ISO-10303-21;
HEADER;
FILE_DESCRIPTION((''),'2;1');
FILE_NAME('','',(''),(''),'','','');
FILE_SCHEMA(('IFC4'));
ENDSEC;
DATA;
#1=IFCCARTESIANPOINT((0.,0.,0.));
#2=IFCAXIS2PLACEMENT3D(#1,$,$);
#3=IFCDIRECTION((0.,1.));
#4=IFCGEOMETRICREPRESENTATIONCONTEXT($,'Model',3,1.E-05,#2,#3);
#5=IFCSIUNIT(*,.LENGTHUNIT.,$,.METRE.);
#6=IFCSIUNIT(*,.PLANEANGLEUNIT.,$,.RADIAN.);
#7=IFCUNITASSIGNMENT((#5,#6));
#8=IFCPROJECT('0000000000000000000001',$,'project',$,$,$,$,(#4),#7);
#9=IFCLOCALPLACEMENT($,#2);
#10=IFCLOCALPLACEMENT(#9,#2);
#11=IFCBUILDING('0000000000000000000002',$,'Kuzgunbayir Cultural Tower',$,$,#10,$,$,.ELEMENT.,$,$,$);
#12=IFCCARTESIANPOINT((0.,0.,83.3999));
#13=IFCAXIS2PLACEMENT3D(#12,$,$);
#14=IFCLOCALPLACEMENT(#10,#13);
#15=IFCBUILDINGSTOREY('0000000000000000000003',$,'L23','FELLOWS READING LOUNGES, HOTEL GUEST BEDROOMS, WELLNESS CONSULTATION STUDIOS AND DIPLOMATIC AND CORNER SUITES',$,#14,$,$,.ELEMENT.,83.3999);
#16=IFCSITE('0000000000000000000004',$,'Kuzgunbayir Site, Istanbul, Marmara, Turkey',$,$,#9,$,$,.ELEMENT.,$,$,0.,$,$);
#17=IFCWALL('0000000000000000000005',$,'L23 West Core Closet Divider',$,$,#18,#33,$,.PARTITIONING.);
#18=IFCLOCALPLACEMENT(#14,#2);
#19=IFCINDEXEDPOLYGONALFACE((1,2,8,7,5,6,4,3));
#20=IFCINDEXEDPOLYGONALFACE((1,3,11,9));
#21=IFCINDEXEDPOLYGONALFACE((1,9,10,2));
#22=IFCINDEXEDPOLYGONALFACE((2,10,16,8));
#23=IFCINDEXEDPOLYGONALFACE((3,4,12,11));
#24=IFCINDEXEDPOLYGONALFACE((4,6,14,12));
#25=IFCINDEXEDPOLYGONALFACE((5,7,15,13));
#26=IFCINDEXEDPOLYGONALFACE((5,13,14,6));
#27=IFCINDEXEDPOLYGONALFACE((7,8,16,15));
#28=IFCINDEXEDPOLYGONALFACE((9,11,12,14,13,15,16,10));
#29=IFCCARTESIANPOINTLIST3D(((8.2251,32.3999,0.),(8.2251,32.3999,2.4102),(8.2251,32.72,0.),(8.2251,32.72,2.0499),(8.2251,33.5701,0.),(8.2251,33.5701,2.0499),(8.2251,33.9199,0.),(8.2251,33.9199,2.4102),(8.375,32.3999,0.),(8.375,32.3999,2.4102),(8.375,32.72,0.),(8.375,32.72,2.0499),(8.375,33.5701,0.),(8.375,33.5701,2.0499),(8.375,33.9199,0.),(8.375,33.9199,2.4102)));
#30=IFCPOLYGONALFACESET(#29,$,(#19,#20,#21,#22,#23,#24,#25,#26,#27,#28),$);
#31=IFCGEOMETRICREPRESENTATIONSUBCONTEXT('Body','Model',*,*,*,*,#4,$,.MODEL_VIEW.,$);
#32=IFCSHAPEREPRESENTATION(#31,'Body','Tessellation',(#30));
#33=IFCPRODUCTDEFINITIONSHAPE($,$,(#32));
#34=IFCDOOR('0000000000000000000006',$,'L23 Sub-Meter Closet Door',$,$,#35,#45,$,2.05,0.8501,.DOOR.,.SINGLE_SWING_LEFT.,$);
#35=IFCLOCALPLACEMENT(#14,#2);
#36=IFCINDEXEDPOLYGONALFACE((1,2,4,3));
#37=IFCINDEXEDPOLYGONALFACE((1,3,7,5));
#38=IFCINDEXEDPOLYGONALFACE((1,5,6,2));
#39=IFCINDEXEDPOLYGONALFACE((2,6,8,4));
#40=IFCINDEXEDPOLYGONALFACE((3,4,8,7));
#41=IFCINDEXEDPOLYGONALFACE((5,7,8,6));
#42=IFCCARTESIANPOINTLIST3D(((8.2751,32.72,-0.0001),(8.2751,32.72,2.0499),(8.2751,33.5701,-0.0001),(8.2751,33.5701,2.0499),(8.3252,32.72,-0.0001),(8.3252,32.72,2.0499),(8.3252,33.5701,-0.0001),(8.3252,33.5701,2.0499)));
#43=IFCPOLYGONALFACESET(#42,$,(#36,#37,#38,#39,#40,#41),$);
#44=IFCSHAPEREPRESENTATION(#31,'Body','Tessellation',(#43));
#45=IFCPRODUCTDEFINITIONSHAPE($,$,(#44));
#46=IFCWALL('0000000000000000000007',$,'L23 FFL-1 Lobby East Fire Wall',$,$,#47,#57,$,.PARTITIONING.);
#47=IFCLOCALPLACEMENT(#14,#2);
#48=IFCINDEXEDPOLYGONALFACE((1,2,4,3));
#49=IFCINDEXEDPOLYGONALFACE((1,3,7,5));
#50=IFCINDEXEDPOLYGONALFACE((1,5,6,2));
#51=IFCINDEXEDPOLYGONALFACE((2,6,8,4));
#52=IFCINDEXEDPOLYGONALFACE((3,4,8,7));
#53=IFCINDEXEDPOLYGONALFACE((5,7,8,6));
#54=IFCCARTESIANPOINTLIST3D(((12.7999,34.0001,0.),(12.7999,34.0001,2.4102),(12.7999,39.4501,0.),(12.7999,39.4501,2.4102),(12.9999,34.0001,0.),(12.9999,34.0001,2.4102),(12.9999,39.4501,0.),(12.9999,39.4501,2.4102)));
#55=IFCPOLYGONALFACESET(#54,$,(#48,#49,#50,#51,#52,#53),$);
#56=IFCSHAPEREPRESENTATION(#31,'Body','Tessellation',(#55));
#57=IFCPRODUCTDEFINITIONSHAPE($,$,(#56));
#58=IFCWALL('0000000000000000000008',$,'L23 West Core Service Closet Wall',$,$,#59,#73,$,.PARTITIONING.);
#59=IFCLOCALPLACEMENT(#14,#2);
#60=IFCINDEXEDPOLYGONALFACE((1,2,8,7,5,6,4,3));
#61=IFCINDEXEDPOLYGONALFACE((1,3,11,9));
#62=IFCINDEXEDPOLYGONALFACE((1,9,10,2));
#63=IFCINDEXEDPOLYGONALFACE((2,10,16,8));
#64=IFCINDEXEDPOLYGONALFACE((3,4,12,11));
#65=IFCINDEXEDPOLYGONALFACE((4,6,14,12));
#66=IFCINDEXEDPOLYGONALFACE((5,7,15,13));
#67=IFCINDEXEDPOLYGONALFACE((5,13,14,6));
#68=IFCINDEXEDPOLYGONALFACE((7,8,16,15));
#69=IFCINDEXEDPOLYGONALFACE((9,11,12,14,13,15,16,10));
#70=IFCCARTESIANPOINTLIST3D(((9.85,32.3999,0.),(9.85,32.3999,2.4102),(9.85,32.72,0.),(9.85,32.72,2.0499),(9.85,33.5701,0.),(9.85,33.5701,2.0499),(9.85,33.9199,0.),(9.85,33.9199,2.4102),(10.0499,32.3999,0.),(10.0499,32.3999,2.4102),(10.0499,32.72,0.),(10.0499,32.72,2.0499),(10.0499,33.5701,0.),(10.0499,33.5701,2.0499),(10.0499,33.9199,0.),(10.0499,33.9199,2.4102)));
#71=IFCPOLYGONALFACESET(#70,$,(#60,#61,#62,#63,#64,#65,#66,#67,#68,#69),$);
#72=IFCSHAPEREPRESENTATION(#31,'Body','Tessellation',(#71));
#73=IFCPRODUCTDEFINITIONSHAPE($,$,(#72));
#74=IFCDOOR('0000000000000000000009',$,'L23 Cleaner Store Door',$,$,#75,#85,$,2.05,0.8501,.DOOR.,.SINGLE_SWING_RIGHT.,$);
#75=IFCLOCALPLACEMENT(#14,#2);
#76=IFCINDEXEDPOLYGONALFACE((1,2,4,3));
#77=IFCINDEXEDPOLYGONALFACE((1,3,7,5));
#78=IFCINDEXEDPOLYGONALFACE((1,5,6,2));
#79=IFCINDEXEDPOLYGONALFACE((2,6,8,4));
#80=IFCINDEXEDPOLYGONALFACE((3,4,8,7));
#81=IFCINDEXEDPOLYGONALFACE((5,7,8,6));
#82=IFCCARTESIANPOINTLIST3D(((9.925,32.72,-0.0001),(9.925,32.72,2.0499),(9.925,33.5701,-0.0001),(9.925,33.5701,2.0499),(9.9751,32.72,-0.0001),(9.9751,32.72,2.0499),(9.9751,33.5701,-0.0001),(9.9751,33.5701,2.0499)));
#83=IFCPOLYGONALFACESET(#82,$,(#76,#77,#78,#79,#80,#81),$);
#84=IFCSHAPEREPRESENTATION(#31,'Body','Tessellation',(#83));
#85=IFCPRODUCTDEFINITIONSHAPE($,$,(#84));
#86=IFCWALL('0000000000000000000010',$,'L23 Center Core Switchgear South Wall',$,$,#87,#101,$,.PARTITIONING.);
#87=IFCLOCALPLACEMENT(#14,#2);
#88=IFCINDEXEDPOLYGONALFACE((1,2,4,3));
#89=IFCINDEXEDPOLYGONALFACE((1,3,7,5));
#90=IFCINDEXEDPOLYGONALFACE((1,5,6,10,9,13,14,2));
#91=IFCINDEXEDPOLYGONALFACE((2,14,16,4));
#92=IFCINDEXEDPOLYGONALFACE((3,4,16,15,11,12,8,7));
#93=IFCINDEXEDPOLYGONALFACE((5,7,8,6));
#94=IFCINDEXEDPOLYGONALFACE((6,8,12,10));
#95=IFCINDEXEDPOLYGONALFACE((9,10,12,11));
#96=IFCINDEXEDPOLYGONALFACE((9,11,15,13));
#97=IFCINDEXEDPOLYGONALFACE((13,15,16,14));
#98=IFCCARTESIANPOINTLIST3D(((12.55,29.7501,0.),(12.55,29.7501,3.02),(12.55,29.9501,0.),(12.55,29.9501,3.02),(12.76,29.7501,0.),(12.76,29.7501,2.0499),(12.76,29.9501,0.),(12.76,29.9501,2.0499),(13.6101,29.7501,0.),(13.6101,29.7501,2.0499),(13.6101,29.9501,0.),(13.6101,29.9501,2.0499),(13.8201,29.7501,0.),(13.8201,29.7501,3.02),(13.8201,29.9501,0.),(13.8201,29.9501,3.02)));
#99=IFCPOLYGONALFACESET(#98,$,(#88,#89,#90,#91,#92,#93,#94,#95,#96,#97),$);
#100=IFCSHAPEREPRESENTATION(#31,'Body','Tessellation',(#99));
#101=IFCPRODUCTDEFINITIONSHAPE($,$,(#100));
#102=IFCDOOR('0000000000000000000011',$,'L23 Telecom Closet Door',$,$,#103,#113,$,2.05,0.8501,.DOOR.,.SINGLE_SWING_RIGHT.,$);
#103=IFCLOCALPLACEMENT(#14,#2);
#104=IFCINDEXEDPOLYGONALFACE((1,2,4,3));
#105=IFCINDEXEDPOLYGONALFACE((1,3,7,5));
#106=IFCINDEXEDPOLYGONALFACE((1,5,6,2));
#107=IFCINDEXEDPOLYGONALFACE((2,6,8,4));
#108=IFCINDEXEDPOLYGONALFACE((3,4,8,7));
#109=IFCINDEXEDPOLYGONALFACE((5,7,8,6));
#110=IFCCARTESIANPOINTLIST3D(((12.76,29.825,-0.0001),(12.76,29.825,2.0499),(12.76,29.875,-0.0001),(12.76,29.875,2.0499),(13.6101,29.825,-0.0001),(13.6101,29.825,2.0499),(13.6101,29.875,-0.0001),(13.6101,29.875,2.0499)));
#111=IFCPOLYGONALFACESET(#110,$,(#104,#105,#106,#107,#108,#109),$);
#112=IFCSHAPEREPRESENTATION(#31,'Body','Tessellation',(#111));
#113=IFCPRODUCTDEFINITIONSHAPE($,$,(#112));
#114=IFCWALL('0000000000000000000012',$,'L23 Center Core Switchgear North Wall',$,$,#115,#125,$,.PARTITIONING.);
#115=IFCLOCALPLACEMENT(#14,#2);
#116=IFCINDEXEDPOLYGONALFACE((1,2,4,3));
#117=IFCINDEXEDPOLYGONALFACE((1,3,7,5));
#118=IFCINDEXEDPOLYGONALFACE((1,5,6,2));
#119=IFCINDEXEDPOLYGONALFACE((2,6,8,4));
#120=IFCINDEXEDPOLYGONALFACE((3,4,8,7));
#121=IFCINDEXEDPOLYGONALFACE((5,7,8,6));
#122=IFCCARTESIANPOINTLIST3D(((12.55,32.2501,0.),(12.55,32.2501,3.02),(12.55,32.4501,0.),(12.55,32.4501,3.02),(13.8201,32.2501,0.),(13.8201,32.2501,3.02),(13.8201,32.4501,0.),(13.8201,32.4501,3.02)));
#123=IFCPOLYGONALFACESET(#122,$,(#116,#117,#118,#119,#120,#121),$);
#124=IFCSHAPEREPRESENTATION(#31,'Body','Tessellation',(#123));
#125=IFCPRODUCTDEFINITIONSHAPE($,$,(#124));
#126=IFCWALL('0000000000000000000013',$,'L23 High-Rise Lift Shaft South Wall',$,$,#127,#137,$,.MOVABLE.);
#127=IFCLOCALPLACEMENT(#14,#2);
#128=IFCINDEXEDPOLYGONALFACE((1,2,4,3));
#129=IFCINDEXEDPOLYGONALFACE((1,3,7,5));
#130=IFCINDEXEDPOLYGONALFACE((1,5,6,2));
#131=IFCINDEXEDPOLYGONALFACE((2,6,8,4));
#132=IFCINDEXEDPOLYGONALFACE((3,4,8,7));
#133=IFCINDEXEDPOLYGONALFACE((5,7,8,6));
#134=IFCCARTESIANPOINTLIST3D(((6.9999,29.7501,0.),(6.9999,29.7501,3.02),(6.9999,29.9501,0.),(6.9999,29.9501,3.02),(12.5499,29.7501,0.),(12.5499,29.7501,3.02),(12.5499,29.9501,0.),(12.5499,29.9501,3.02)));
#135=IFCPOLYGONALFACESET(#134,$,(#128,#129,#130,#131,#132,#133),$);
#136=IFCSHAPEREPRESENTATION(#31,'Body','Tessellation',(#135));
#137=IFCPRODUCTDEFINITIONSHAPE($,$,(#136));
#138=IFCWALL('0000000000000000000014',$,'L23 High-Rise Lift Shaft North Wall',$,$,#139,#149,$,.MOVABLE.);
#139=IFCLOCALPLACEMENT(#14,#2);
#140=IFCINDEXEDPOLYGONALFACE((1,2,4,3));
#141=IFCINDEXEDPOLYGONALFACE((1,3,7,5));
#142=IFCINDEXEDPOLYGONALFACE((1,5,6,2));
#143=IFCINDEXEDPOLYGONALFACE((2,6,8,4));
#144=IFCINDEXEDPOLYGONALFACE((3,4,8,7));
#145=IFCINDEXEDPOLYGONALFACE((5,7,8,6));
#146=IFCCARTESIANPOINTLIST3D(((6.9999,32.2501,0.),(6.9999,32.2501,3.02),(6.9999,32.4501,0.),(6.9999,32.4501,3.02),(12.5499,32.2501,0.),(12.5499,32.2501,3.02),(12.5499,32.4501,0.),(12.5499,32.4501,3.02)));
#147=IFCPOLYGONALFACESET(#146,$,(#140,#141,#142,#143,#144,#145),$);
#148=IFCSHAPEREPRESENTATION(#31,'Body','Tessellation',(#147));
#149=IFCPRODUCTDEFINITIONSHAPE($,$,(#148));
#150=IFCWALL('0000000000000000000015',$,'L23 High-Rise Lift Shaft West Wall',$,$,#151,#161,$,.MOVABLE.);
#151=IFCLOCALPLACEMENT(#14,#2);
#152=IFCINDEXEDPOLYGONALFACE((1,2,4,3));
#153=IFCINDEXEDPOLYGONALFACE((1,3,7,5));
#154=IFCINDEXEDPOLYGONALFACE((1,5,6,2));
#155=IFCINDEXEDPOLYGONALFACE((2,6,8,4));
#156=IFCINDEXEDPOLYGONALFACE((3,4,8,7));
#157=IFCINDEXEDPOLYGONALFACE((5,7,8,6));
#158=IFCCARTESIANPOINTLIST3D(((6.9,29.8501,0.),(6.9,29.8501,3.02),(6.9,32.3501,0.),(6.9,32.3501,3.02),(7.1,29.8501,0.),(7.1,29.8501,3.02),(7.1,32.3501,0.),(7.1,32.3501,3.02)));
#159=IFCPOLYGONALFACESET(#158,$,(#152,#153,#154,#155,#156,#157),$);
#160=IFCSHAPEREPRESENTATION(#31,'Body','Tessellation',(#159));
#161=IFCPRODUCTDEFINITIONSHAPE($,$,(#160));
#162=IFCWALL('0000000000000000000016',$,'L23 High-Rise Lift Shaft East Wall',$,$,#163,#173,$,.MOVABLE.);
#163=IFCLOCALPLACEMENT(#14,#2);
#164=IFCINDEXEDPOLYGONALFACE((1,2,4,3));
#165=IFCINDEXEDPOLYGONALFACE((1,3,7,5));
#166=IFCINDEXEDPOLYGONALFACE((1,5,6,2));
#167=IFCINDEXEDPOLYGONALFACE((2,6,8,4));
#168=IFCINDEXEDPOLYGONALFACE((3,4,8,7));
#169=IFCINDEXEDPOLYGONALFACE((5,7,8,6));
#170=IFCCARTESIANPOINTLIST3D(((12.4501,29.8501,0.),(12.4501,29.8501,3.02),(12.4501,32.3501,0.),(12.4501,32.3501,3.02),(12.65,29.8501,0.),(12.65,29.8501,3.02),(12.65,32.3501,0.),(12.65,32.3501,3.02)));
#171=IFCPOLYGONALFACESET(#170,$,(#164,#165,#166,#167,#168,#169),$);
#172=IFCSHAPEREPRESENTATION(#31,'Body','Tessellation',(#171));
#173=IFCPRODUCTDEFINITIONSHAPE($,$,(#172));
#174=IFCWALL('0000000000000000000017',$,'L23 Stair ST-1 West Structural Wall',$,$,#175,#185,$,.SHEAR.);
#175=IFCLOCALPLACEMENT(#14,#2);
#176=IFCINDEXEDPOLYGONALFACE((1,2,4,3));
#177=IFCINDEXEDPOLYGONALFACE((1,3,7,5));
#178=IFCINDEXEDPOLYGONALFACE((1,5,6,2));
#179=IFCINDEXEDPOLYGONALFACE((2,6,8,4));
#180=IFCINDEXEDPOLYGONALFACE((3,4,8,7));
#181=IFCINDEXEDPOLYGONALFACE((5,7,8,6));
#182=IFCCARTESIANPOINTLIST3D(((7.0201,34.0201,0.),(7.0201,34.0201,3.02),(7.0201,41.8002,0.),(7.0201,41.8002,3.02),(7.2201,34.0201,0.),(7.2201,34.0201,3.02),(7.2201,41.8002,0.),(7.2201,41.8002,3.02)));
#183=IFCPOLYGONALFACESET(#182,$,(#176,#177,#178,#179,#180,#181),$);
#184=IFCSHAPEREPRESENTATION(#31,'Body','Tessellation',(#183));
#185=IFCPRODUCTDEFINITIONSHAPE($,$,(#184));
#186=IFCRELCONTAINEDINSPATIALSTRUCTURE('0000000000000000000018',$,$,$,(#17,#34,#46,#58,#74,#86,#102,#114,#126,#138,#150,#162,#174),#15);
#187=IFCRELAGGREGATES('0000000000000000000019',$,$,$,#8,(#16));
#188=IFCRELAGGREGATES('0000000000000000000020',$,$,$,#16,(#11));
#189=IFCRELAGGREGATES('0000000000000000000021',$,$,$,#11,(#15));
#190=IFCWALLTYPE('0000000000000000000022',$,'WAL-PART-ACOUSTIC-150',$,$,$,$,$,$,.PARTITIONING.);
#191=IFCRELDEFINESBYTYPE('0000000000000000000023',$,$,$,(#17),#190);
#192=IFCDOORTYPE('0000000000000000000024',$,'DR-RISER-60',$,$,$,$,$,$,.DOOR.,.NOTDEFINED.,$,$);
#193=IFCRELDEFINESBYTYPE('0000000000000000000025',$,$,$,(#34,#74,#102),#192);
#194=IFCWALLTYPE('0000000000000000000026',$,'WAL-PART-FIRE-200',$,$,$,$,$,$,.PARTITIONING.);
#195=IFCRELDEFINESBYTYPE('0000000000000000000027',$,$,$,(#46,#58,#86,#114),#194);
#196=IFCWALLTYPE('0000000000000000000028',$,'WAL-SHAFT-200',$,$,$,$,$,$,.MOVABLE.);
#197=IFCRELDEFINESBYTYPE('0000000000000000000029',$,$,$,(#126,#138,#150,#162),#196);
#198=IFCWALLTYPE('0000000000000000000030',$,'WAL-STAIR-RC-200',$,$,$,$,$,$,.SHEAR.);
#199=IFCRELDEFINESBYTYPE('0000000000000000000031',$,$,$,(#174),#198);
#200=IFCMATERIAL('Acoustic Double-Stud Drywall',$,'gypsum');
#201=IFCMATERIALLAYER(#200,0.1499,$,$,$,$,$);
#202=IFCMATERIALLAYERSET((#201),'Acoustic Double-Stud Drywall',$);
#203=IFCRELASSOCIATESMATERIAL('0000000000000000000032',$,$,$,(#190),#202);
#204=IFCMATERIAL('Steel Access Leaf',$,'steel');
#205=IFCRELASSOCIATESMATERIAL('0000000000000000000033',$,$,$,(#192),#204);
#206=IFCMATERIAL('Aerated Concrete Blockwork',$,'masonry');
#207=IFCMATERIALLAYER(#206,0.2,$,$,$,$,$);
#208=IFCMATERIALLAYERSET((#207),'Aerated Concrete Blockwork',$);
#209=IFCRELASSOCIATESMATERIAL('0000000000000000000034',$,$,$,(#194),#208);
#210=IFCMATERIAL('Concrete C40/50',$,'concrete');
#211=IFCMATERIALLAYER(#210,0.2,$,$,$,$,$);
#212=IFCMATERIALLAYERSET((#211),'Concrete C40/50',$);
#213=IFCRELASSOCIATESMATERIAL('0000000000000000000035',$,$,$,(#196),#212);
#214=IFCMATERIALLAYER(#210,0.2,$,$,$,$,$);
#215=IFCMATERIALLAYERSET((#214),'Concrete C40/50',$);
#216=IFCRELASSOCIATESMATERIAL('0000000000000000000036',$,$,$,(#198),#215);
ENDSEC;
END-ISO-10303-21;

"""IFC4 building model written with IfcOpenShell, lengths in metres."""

from ifc_helpers import new_model, si_unit, direction, frame, frame_2d, origin, place, context, subcontext, project, spatial, rectangle, extrude, material, layer, layer_set, type_object, element, fill, save


model = new_model("IFC4")

# Units and contexts
model_context = context("Model", 3, precision=1e-05, world=origin(), true_north=direction((0.0, 1.0)))
body_context = subcontext(model_context, "Body", "Model", "MODEL_VIEW")
ifc_project = project(units=[si_unit("LENGTHUNIT", "METRE"), si_unit("PLANEANGLEUNIT", "RADIAN")], contexts=[model_context])

# Site, building, storey
site_placement = place(None, origin())
site = spatial("IfcSite", under=ifc_project, at=site_placement, Name="Kuzgunbayir Site, Istanbul, Marmara, Turkey", CompositionType="ELEMENT", RefElevation=0.0)
building_placement = place(site_placement, origin())
building = spatial("IfcBuilding", under=site, at=building_placement, Name="Kuzgunbayir Cultural Tower", CompositionType="ELEMENT")
storey_placement = place(building_placement, frame((0.0, 0.0, 83.3999)))
storey = spatial("IfcBuildingStorey", under=building, at=storey_placement, Name="L23", Description="FELLOWS READING LOUNGES, HOTEL GUEST BEDROOMS, WELLNESS CONSULTATION STUDIOS AND DIPLOMATIC AND CORNER SUITES", CompositionType="ELEMENT", Elevation=83.3999)

# Wall, opening, door
ifc_material_1 = material(Name="Acoustic Double-Stud Drywall", Category="gypsum")
ifc_layer_1 = layer(ifc_material_1, 0.1499)
ifc_layer_set_1 = layer_set([ifc_layer_1], Name="Acoustic Double-Stud Drywall")
wall_type_1 = type_object("IfcWallType", Name="WAL-PART-ACOUSTIC-150", PredefinedType="PARTITIONING", material=ifc_layer_set_1)
wall_1_placement = place(storey_placement, frame((8.3, 32.3999, 0.0), z_axis=(0.0, 0.0, 1.0), x_axis=(0.0, 1.0, 0.0)))
wall_1 = element("IfcWall", 1, at=wall_1_placement, inside=storey, type_object=wall_type_1, Name="L23 West Core Closet Divider", PredefinedType="PARTITIONING", context=body_context, shape_type="SweptSolid", body=[
    extrude(rectangle(XDim=1.52, YDim=0.1499, at=frame_2d((0.76, 0.0))), origin(), (0.0, 0.0, 1.0), 2.4102),
])
opening_1_placement = place(wall_1_placement, frame((0.3201, 0.0, 0.0)))
opening_1 = element("IfcOpeningElement", 2, at=opening_1_placement, cuts=wall_1, PredefinedType="OPENING", context=body_context, shape_type="SweptSolid", body=[
    extrude(rectangle(XDim=0.8501, YDim=2.05, at=frame_2d((0.425, 1.0249))), frame((0.0, 0.085, 0.0), z_axis=(0.0, -1.0, 0.0), x_axis=(1.0, 0.0, 0.0)), (0.0, 0.0, 1.0), 0.1699),
])
ifc_material_2 = material(Name="Steel Access Leaf", Category="steel")
door_type_1 = type_object("IfcDoorType", Name="DR-RISER-60", OperationType="NOTDEFINED", PredefinedType="DOOR", material=ifc_material_2)
door_1_placement = place(opening_1_placement, origin())
door_1 = element("IfcDoor", 3, at=door_1_placement, inside=storey, type_object=door_type_1, Name="L23 Sub-Meter Closet Door", OperationType="SINGLE_SWING_LEFT", OverallHeight=2.05, OverallWidth=0.8501, PredefinedType="DOOR", context=body_context, shape_type="SweptSolid", body=[
    extrude(rectangle(XDim=0.8501, YDim=2.05, at=frame_2d((0.425, 1.0249))), frame((0.0, 0.0249, 0.0), z_axis=(0.0, -1.0, 0.0), x_axis=(1.0, 0.0, 0.0)), (0.0, 0.0, 1.0), 0.05),
])
fill(opening_1, door_1)

# Wall
ifc_material_3 = material(Name="Aerated Concrete Blockwork", Category="masonry")
ifc_layer_2 = layer(ifc_material_3, 0.2)
ifc_layer_set_2 = layer_set([ifc_layer_2], Name="Aerated Concrete Blockwork")
wall_type_2 = type_object("IfcWallType", Name="WAL-PART-FIRE-200", PredefinedType="PARTITIONING", material=ifc_layer_set_2)
wall_2_placement = place(storey_placement, frame((12.8999, 34.0, 0.0), z_axis=(0.0, 0.0, 1.0), x_axis=(0.0, 1.0, 0.0)))
element("IfcWall", 4, at=wall_2_placement, inside=storey, type_object=wall_type_2, Name="L23 FFL-1 Lobby East Fire Wall", PredefinedType="PARTITIONING", context=body_context, shape_type="SweptSolid", body=[
    extrude(rectangle(XDim=5.45, YDim=0.2, at=frame_2d((2.7251, 0.0))), origin(), (0.0, 0.0, 1.0), 2.4102),
])

# Walls, openings, doors
wall_3_placement = place(storey_placement, frame((9.95, 32.3999, 0.0), z_axis=(0.0, 0.0, 1.0), x_axis=(0.0, 1.0, 0.0)))
wall_3 = element("IfcWall", 5, at=wall_3_placement, inside=storey, type_object=wall_type_2, Name="L23 West Core Service Closet Wall", PredefinedType="PARTITIONING", context=body_context, shape_type="SweptSolid", body=[
    extrude(rectangle(XDim=1.52, YDim=0.2, at=frame_2d((0.76, 0.0))), origin(), (0.0, 0.0, 1.0), 2.4102),
])
opening_2_placement = place(wall_3_placement, frame((0.3201, 0.0, 0.0)))
opening_2 = element("IfcOpeningElement", 6, at=opening_2_placement, cuts=wall_3, PredefinedType="OPENING", context=body_context, shape_type="SweptSolid", body=[
    extrude(rectangle(XDim=0.8501, YDim=2.05, at=frame_2d((0.425, 1.0249))), frame((0.0, 0.1099, 0.0), z_axis=(0.0, -1.0, 0.0), x_axis=(1.0, 0.0, 0.0)), (0.0, 0.0, 1.0), 0.22),
])
door_2_placement = place(opening_2_placement, origin())
door_2 = element("IfcDoor", 7, at=door_2_placement, inside=storey, type_object=door_type_1, Name="L23 Cleaner Store Door", OperationType="SINGLE_SWING_RIGHT", OverallHeight=2.05, OverallWidth=0.8501, PredefinedType="DOOR", context=body_context, shape_type="SweptSolid", body=[
    extrude(rectangle(XDim=0.8501, YDim=2.05, at=frame_2d((0.425, 1.0249))), frame((0.0, 0.0249, 0.0), z_axis=(0.0, -1.0, 0.0), x_axis=(1.0, 0.0, 0.0)), (0.0, 0.0, 1.0), 0.05),
])
fill(opening_2, door_2)
wall_4_placement = place(storey_placement, frame((12.55, 29.8501, 0.0), z_axis=(0.0, 0.0, 1.0), x_axis=(1.0, 0.0, 0.0)))
wall_4 = element("IfcWall", 8, at=wall_4_placement, inside=storey, type_object=wall_type_2, Name="L23 Center Core Switchgear South Wall", PredefinedType="PARTITIONING", context=body_context, shape_type="SweptSolid", body=[
    extrude(rectangle(XDim=1.27, YDim=0.2, at=frame_2d((0.635, 0.0))), origin(), (0.0, 0.0, 1.0), 3.02),
])
opening_3_placement = place(wall_4_placement, frame((0.21, 0.0, 0.0)))
opening_3 = element("IfcOpeningElement", 9, at=opening_3_placement, cuts=wall_4, PredefinedType="OPENING", context=body_context, shape_type="SweptSolid", body=[
    extrude(rectangle(XDim=0.8501, YDim=2.05, at=frame_2d((0.425, 1.0249))), frame((0.0, 0.1099, 0.0), z_axis=(0.0, -1.0, 0.0), x_axis=(1.0, 0.0, 0.0)), (0.0, 0.0, 1.0), 0.22),
])
door_3_placement = place(opening_3_placement, origin())
door_3 = element("IfcDoor", 10, at=door_3_placement, inside=storey, type_object=door_type_1, Name="L23 Telecom Closet Door", OperationType="SINGLE_SWING_RIGHT", OverallHeight=2.05, OverallWidth=0.8501, PredefinedType="DOOR", context=body_context, shape_type="SweptSolid", body=[
    extrude(rectangle(XDim=0.8501, YDim=2.05, at=frame_2d((0.425, 1.0249))), frame((0.0, 0.0249, 0.0), z_axis=(0.0, -1.0, 0.0), x_axis=(1.0, 0.0, 0.0)), (0.0, 0.0, 1.0), 0.05),
])
fill(opening_3, door_3)

# Walls
wall_5_placement = place(storey_placement, frame((12.55, 32.3501, 0.0), z_axis=(0.0, 0.0, 1.0), x_axis=(1.0, 0.0, 0.0)))
element("IfcWall", 11, at=wall_5_placement, inside=storey, type_object=wall_type_2, Name="L23 Center Core Switchgear North Wall", PredefinedType="PARTITIONING", context=body_context, shape_type="SweptSolid", body=[
    extrude(rectangle(XDim=1.27, YDim=0.2, at=frame_2d((0.635, 0.0))), origin(), (0.0, 0.0, 1.0), 3.02),
])
ifc_material_4 = material(Name="Concrete C40/50", Category="concrete")
ifc_layer_3 = layer(ifc_material_4, 0.2)
ifc_layer_set_3 = layer_set([ifc_layer_3], Name="Concrete C40/50")
wall_type_3 = type_object("IfcWallType", Name="WAL-SHAFT-200", PredefinedType="MOVABLE", material=ifc_layer_set_3)
for number, where, z_axis, x_axis, name in (
    (12, (7.0, 29.8501, 0.0), (0.0, 0.0, 1.0), (1.0, 0.0, 0.0), "L23 High-Rise Lift Shaft South Wall"),
    (13, (7.0, 32.3501, 0.0), (0.0, 0.0, 1.0), (1.0, 0.0, 0.0), "L23 High-Rise Lift Shaft North Wall"),
):
    element("IfcWall", number, at=place(storey_placement, frame(where, z_axis=z_axis, x_axis=x_axis)), inside=storey, type_object=wall_type_3, Name=name, PredefinedType="MOVABLE", context=body_context, shape_type="SweptSolid", body=[
        extrude(rectangle(XDim=5.55, YDim=0.2, at=frame_2d((2.7749, 0.0))), origin(), (0.0, 0.0, 1.0), 3.02),
    ])
for number, where, z_axis, x_axis, name in (
    (14, (7.0, 29.8501, 0.0), (0.0, 0.0, 1.0), (0.0, 1.0, 0.0), "L23 High-Rise Lift Shaft West Wall"),
    (15, (12.55, 29.8501, 0.0), (0.0, 0.0, 1.0), (0.0, 1.0, 0.0), "L23 High-Rise Lift Shaft East Wall"),
):
    element("IfcWall", number, at=place(storey_placement, frame(where, z_axis=z_axis, x_axis=x_axis)), inside=storey, type_object=wall_type_3, Name=name, PredefinedType="MOVABLE", context=body_context, shape_type="SweptSolid", body=[
        extrude(rectangle(XDim=2.5, YDim=0.2, at=frame_2d((1.25, 0.0))), origin(), (0.0, 0.0, 1.0), 3.02),
    ])
ifc_layer_4 = layer(ifc_material_4, 0.2)
ifc_layer_set_4 = layer_set([ifc_layer_4], Name="Concrete C40/50")
wall_type_4 = type_object("IfcWallType", Name="WAL-STAIR-RC-200", PredefinedType="SHEAR", material=ifc_layer_set_4)
wall_6_placement = place(storey_placement, frame((7.1201, 34.02, 0.0), z_axis=(0.0, 0.0, 1.0), x_axis=(0.0, 1.0, 0.0)))
element("IfcWall", 16, at=wall_6_placement, inside=storey, type_object=wall_type_4, Name="L23 Stair ST-1 West Structural Wall", PredefinedType="SHEAR", context=body_context, shape_type="SweptSolid", body=[
    extrude(rectangle(XDim=7.78, YDim=0.2, at=frame_2d((3.8901, 0.0))), origin(), (0.0, 0.0, 1.0), 3.02),
])

save(model, "model.ifc")
